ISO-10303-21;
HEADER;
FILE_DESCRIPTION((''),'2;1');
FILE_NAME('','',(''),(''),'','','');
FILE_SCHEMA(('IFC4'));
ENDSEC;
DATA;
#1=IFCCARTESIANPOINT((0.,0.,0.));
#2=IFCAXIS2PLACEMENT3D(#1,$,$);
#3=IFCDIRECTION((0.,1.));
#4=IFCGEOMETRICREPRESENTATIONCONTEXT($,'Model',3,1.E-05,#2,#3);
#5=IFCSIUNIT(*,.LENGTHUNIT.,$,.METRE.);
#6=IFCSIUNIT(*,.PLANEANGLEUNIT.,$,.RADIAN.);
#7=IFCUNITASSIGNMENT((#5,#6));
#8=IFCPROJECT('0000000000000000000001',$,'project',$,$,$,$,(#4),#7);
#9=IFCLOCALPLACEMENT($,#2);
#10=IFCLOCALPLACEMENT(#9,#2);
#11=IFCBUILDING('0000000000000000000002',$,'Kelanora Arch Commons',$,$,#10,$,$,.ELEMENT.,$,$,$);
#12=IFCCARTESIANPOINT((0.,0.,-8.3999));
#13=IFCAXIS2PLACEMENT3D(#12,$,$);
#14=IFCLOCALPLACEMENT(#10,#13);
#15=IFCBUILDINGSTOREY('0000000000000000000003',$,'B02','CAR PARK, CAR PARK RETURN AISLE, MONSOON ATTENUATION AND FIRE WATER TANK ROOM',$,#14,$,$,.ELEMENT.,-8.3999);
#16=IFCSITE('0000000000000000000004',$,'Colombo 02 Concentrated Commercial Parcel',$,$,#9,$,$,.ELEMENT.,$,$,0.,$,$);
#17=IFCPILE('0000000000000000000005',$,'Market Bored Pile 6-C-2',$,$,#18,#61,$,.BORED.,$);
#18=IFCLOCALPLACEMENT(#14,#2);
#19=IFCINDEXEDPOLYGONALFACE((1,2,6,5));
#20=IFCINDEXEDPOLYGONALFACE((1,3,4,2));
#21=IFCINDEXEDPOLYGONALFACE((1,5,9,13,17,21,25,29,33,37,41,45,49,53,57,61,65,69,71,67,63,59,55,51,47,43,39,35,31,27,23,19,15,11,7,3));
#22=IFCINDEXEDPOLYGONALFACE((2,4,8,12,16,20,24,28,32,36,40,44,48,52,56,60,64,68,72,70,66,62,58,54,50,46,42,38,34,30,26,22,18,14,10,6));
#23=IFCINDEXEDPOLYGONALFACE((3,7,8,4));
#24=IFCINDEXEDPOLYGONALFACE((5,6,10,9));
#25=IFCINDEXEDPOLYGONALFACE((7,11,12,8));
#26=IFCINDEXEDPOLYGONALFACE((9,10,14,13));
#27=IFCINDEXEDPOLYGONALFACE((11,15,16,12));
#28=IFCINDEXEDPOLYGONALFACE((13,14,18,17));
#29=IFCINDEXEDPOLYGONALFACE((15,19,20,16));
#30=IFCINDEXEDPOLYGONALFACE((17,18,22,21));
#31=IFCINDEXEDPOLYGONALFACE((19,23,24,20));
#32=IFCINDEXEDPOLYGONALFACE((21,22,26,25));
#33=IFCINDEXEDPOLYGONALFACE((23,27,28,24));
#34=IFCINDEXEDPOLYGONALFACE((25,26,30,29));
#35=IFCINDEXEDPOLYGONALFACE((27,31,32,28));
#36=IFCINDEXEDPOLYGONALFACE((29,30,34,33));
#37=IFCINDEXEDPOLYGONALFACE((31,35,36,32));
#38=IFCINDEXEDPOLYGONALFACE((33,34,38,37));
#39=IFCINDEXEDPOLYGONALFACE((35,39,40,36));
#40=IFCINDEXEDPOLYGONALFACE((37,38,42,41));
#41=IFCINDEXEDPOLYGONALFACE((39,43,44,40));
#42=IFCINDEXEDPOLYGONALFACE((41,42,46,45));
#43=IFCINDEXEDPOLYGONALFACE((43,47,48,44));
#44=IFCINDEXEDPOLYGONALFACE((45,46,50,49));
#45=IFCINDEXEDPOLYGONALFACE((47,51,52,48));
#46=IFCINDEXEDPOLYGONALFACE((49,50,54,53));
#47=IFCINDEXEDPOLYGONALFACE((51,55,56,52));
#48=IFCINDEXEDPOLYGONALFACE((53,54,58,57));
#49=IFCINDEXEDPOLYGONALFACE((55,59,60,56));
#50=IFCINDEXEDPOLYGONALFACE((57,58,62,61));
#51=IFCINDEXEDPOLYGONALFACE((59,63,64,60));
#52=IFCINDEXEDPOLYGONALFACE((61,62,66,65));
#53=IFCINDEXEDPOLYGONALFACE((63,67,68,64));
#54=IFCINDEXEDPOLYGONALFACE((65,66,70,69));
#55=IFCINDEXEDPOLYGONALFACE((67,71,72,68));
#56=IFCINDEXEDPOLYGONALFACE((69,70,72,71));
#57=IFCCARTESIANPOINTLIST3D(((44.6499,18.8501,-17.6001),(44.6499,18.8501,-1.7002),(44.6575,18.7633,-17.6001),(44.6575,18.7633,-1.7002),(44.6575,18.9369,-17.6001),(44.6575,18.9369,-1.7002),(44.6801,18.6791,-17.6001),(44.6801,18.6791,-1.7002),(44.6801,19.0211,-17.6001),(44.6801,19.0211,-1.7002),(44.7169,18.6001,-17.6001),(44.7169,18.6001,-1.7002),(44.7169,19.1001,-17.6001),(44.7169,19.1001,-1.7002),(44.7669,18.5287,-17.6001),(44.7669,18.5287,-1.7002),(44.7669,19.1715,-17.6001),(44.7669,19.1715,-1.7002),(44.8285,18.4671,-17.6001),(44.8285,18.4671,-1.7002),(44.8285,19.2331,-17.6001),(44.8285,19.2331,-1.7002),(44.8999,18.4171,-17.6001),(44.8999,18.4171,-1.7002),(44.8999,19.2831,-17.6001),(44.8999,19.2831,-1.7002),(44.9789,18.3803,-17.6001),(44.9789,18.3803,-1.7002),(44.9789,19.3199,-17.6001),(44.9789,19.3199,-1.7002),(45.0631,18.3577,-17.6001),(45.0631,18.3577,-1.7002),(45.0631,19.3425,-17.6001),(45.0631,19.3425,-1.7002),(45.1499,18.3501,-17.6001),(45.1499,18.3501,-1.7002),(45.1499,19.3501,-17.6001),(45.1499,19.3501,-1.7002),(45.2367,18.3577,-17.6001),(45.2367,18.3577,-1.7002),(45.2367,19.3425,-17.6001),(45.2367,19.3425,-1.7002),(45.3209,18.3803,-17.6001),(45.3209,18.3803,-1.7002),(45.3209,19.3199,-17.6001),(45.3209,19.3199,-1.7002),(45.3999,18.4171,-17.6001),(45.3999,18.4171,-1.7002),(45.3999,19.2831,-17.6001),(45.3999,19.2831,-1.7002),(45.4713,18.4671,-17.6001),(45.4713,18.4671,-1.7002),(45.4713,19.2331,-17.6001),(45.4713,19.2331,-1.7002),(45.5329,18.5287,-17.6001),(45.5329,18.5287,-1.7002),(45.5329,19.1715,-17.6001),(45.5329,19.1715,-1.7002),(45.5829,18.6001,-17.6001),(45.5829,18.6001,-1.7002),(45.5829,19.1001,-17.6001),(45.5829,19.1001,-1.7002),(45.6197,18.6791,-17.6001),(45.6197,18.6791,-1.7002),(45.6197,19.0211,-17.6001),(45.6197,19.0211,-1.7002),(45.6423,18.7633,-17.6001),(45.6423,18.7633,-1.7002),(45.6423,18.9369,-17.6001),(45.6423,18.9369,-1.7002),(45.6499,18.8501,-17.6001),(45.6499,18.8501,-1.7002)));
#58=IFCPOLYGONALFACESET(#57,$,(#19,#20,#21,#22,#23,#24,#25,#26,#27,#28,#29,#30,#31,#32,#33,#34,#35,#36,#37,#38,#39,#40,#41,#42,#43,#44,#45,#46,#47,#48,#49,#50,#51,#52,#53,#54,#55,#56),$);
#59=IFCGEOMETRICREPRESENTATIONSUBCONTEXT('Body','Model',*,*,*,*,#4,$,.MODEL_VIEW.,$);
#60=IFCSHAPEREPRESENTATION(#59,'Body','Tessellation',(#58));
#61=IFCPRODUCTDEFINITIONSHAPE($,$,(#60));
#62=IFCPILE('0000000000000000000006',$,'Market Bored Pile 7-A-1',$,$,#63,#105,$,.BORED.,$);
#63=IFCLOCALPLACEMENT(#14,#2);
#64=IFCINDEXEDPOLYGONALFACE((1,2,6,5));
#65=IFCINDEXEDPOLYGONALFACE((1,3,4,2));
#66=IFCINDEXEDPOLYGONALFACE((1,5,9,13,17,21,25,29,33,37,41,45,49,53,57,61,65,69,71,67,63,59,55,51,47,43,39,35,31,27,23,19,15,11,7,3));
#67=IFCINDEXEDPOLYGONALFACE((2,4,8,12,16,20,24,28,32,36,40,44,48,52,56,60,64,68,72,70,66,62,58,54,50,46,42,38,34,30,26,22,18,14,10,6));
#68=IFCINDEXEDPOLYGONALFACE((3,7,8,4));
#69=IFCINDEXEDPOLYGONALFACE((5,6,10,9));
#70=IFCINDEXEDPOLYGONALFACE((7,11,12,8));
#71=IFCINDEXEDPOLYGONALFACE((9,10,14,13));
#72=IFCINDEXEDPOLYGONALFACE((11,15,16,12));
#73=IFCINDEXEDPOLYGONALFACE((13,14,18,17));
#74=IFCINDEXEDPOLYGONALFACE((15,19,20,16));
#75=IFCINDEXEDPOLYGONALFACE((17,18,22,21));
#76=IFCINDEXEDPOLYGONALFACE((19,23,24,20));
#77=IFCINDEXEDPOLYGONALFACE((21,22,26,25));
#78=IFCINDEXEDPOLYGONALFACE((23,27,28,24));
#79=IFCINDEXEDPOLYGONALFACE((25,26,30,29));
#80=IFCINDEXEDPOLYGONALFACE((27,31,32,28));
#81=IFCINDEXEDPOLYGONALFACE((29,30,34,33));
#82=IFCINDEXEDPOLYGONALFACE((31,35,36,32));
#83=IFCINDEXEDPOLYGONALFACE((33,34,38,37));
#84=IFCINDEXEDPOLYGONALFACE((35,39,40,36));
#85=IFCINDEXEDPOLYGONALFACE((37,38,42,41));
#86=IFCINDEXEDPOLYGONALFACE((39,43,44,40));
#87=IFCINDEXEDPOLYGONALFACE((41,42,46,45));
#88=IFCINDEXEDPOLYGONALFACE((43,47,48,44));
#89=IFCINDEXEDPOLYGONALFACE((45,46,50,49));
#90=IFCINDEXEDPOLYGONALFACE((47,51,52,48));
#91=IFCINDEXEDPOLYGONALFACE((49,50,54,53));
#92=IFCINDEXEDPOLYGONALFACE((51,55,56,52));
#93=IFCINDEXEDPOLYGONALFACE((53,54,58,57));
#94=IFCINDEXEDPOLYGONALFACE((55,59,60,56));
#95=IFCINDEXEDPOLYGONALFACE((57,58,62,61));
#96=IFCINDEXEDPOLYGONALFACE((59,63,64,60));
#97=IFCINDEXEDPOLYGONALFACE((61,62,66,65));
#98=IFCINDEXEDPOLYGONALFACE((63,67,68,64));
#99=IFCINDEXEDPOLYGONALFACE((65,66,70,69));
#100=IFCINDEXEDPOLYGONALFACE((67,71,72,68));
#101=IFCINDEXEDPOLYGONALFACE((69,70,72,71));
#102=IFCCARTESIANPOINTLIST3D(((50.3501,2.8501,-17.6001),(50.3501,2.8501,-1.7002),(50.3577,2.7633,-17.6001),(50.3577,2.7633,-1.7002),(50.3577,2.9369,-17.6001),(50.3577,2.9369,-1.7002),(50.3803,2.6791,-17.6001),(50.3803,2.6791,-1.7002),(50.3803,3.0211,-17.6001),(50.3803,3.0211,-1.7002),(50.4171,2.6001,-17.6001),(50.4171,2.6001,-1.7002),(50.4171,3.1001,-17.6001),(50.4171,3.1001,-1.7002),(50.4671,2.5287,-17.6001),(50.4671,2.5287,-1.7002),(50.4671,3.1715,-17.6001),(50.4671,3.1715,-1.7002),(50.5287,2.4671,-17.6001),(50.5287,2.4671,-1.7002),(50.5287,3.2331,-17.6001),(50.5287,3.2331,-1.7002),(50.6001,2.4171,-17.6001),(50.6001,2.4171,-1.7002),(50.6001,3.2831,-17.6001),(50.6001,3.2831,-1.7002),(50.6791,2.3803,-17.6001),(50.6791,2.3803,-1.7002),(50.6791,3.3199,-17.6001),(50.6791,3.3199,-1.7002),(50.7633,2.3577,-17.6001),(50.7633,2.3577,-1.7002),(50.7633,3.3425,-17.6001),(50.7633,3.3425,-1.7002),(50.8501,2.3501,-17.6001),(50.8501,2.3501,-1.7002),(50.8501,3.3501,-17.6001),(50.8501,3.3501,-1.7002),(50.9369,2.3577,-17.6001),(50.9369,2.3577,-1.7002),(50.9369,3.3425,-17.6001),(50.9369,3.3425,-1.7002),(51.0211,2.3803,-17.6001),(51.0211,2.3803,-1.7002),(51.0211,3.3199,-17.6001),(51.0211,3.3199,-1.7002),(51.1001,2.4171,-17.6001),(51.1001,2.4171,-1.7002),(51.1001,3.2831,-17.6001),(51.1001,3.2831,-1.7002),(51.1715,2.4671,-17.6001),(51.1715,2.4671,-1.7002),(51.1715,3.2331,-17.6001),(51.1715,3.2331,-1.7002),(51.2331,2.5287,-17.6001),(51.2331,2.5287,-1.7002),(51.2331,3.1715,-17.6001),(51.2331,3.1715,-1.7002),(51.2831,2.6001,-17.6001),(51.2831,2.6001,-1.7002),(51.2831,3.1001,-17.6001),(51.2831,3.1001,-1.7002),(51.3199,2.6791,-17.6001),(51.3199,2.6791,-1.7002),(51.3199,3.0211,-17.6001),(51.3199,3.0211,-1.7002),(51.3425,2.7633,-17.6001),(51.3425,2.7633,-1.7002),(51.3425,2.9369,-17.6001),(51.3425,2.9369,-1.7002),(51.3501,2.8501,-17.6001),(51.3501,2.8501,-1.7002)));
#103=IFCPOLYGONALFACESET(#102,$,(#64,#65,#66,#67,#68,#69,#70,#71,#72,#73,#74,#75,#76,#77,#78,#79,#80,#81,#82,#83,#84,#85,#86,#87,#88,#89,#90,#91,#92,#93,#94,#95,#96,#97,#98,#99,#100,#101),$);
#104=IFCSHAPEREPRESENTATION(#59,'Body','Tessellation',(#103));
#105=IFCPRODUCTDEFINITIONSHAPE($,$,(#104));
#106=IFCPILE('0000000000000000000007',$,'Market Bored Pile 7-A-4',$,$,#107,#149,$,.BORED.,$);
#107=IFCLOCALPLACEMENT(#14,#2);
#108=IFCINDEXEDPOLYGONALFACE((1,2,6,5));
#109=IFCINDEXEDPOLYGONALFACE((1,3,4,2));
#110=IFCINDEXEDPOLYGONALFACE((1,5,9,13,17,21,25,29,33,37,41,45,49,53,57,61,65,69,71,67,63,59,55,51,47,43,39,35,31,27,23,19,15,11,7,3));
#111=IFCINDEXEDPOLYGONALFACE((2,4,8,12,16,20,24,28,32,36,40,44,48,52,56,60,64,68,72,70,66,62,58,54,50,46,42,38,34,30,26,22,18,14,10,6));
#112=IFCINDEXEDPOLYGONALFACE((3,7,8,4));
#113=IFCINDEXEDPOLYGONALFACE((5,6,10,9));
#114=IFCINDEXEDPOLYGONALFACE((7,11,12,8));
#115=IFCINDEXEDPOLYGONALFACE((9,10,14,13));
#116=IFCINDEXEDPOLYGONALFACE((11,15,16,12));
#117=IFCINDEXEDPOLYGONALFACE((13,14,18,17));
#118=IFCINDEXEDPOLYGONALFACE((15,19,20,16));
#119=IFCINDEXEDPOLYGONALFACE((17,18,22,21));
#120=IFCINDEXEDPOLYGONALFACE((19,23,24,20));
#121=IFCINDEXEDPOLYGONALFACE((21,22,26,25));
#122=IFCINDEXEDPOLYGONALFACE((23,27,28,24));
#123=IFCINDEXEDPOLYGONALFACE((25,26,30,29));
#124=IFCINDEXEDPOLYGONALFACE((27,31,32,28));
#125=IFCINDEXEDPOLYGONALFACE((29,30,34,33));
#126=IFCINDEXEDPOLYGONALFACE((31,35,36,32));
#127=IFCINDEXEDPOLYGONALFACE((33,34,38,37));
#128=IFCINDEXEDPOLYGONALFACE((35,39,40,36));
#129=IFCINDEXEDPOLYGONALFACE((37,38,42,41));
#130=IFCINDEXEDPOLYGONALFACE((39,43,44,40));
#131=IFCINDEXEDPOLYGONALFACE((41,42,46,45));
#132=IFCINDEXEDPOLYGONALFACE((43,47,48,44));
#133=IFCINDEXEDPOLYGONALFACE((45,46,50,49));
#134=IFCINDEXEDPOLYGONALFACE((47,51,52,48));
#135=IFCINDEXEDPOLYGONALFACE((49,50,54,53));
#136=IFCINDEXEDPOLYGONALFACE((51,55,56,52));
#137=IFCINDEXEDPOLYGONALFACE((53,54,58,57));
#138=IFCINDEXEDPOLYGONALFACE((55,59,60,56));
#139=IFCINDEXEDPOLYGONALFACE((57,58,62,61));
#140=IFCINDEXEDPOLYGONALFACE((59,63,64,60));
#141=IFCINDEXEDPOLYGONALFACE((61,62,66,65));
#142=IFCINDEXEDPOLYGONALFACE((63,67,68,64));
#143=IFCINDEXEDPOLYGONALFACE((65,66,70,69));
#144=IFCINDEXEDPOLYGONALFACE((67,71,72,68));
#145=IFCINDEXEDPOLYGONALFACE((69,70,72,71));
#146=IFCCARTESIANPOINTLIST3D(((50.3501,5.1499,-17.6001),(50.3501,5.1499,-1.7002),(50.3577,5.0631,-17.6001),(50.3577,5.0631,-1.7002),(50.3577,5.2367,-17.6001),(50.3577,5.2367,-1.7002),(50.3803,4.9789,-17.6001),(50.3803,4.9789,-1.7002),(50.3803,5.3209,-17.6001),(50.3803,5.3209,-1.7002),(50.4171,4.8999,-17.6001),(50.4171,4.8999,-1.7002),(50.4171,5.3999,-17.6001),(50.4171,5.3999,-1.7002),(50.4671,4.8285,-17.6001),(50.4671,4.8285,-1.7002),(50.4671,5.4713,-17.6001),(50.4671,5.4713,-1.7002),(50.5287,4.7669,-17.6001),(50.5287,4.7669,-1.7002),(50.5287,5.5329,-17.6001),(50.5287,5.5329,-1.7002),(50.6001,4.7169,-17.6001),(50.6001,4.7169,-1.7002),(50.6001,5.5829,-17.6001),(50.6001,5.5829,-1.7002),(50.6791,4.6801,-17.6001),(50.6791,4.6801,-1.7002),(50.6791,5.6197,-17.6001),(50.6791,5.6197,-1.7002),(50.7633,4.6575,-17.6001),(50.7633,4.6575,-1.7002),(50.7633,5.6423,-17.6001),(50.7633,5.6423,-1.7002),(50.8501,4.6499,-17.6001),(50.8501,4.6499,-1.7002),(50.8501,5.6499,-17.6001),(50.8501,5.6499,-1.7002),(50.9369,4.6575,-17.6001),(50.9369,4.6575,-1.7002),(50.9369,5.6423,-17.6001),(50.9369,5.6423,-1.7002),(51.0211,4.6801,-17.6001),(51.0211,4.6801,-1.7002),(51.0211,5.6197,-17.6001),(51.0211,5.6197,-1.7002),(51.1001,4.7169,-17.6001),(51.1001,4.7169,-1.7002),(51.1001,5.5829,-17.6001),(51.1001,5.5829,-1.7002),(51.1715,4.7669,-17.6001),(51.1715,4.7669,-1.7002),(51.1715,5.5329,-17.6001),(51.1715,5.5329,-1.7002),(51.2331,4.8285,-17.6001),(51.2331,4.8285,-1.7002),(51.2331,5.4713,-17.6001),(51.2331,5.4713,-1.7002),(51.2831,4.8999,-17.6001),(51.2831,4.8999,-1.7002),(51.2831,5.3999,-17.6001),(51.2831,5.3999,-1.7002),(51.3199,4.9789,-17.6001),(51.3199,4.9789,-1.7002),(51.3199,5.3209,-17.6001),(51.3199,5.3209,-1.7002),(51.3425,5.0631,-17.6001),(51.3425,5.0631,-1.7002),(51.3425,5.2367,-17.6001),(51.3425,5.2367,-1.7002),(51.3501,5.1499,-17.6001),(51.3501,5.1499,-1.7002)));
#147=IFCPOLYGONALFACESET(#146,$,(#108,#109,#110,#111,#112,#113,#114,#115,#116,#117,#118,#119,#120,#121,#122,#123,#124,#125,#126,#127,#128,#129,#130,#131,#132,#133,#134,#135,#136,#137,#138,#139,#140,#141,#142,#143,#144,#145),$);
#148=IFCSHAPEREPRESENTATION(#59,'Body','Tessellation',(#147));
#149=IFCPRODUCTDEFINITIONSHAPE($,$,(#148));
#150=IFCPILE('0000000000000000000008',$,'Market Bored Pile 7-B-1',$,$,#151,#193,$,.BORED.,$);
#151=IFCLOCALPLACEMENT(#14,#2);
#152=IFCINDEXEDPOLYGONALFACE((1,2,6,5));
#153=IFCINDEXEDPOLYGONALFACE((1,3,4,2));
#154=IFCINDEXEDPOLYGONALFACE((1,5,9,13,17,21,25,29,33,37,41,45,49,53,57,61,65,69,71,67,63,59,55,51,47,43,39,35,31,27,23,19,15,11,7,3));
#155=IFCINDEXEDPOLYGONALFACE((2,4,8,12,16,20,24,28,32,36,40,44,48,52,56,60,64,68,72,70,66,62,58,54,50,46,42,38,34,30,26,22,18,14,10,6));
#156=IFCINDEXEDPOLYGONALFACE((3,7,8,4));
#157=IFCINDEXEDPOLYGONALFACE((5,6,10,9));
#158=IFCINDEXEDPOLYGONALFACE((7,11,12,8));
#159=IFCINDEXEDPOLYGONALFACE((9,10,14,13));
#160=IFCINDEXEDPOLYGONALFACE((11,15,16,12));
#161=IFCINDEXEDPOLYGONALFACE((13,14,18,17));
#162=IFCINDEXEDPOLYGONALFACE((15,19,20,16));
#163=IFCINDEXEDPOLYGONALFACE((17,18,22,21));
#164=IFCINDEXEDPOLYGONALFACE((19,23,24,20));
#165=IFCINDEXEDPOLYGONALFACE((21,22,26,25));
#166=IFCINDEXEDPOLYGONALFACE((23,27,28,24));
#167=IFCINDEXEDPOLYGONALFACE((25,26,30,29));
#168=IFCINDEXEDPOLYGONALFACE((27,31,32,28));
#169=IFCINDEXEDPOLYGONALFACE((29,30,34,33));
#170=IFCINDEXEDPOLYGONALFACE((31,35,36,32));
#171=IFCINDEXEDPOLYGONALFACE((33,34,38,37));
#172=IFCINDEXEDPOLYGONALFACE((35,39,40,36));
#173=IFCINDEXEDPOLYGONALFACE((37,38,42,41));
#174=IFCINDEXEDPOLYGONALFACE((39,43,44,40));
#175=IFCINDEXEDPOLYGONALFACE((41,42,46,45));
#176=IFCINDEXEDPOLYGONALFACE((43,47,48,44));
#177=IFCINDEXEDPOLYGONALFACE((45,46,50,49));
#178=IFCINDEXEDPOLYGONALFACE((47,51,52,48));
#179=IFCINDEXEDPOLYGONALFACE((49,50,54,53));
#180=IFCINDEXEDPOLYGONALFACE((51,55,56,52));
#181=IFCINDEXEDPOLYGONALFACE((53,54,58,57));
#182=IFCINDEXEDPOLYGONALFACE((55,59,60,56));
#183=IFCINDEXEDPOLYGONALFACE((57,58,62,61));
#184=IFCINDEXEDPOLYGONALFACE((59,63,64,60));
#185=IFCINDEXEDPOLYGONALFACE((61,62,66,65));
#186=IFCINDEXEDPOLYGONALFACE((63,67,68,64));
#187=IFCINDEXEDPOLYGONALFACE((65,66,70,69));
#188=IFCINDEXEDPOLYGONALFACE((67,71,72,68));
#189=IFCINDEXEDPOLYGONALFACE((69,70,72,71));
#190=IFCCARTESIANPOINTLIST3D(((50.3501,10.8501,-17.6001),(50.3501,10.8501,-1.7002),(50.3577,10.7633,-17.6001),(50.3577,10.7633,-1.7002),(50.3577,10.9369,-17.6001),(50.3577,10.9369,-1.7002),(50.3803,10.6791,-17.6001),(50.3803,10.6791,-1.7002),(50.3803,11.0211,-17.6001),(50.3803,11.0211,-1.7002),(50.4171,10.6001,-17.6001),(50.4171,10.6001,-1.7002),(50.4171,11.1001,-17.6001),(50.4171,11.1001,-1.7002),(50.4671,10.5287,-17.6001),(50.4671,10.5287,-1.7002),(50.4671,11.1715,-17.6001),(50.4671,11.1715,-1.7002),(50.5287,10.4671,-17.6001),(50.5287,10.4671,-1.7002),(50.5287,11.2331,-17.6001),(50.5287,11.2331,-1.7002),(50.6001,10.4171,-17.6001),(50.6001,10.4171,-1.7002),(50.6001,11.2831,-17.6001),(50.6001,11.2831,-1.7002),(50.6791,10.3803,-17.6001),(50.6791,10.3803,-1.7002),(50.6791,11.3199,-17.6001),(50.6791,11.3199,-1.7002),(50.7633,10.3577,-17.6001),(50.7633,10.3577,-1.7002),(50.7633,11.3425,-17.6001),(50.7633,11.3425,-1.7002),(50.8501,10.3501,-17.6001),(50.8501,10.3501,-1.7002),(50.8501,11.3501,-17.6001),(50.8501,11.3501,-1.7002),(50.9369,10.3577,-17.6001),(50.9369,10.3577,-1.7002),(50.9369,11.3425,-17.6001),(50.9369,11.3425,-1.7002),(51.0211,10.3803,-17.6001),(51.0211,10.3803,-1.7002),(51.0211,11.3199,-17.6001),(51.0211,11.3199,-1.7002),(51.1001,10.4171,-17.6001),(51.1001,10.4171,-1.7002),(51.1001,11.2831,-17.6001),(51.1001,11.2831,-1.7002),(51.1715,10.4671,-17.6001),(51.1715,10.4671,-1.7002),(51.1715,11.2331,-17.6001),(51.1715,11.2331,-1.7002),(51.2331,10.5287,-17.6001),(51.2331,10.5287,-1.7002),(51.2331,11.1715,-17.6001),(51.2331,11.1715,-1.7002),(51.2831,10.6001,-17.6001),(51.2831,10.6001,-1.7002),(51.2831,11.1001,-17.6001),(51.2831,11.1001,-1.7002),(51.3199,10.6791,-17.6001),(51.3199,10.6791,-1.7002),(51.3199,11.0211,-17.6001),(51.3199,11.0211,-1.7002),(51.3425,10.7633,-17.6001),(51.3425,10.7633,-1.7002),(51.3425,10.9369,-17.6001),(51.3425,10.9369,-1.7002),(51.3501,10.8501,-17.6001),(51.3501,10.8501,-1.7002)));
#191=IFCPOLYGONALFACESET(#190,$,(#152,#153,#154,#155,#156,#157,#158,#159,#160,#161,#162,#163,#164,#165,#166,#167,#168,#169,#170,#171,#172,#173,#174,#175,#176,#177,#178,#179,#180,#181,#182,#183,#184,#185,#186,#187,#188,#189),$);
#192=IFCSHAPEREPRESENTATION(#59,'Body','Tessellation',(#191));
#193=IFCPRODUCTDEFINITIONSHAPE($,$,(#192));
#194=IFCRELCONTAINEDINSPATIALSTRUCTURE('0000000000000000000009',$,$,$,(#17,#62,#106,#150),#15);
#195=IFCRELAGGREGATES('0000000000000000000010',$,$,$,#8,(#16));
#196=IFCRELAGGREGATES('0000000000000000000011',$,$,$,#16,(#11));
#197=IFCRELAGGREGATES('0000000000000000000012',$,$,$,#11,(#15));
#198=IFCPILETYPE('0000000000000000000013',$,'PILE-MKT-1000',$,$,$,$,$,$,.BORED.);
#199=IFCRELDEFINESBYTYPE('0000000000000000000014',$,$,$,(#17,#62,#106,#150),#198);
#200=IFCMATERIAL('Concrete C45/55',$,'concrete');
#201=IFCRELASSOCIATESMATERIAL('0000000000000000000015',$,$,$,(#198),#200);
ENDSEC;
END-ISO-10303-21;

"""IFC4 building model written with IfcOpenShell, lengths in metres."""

from ifc_helpers import new_model, si_unit, direction, frame, origin, origin_2d, place, context, subcontext, project, spatial, circle, extrude, source, transform, mapped, material, material_profile, profile_set, type_object, element, save


model = new_model("IFC4")

# Units and contexts
model_context = context("Model", 3, precision=1e-05, world=origin(), true_north=direction((0.0, 1.0)))
body_context = subcontext(model_context, "Body", "Model", "MODEL_VIEW")
ifc_project = project(units=[si_unit("LENGTHUNIT", "METRE"), si_unit("PLANEANGLEUNIT", "RADIAN")], contexts=[model_context])

# Site, building, storey
site_placement = place(None, origin())
site = spatial("IfcSite", under=ifc_project, at=site_placement, Name="Colombo 02 Concentrated Commercial Parcel", CompositionType="ELEMENT", RefElevation=0.0)
building_placement = place(site_placement, origin())
building = spatial("IfcBuilding", under=site, at=building_placement, Name="Kelanora Arch Commons", CompositionType="ELEMENT")
storey_placement = place(building_placement, frame((0.0, 0.0, -8.3999)))
storey = spatial("IfcBuildingStorey", under=building, at=storey_placement, Name="B02", Description="CAR PARK, CAR PARK RETURN AISLE, MONSOON ATTENUATION AND FIRE WATER TANK ROOM", CompositionType="ELEMENT", Elevation=-8.3999)

# Piles
ifc_material_1 = material(Name="Concrete C45/55", Category="concrete")
ifc_material_profile_1 = material_profile(ifc_material_1, circle(Radius=0.5, at=origin_2d()), Name="PILE1000")
ifc_profile_set_1 = profile_set([ifc_material_profile_1], Name="Concrete C45/55")
pile_type = type_object("IfcPileType", Name="PILE-MKT-1000", PredefinedType="BORED", material=ifc_profile_set_1)
shared_shape_1 = source(origin(), body_context, "Body", "SweptSolid", [
    extrude(circle(Radius=0.5, at=origin_2d()), origin(), (0.0, 0.0, 1.0), 15.8999),
])
for number, where, z_axis, x_axis, name in (
    (1, (45.1499, 18.8501, -1.7002), (0.0, 0.0, -1.0), (1.0, 0.0, 0.0), "Market Bored Pile 6-C-2"),
    (2, (50.8501, 2.8501, -1.7002), (0.0, 0.0, -1.0), (1.0, 0.0, 0.0), "Market Bored Pile 7-A-1"),
    (3, (50.8501, 5.1499, -1.7002), (0.0, 0.0, -1.0), (1.0, 0.0, 0.0), "Market Bored Pile 7-A-4"),
    (4, (50.8501, 10.8501, -1.7002), (0.0, 0.0, -1.0), (1.0, 0.0, 0.0), "Market Bored Pile 7-B-1"),
):
    element("IfcPile", number, at=place(storey_placement, frame(where, z_axis=z_axis, x_axis=x_axis)), inside=storey, type_object=pile_type, Name=name, PredefinedType="BORED", context=body_context, shape_type="MappedRepresentation", body=[
        mapped(shared_shape_1, transform((0.0, 0.0, 0.0), scale=1.0)),
    ])

save(model, "model.ifc")
